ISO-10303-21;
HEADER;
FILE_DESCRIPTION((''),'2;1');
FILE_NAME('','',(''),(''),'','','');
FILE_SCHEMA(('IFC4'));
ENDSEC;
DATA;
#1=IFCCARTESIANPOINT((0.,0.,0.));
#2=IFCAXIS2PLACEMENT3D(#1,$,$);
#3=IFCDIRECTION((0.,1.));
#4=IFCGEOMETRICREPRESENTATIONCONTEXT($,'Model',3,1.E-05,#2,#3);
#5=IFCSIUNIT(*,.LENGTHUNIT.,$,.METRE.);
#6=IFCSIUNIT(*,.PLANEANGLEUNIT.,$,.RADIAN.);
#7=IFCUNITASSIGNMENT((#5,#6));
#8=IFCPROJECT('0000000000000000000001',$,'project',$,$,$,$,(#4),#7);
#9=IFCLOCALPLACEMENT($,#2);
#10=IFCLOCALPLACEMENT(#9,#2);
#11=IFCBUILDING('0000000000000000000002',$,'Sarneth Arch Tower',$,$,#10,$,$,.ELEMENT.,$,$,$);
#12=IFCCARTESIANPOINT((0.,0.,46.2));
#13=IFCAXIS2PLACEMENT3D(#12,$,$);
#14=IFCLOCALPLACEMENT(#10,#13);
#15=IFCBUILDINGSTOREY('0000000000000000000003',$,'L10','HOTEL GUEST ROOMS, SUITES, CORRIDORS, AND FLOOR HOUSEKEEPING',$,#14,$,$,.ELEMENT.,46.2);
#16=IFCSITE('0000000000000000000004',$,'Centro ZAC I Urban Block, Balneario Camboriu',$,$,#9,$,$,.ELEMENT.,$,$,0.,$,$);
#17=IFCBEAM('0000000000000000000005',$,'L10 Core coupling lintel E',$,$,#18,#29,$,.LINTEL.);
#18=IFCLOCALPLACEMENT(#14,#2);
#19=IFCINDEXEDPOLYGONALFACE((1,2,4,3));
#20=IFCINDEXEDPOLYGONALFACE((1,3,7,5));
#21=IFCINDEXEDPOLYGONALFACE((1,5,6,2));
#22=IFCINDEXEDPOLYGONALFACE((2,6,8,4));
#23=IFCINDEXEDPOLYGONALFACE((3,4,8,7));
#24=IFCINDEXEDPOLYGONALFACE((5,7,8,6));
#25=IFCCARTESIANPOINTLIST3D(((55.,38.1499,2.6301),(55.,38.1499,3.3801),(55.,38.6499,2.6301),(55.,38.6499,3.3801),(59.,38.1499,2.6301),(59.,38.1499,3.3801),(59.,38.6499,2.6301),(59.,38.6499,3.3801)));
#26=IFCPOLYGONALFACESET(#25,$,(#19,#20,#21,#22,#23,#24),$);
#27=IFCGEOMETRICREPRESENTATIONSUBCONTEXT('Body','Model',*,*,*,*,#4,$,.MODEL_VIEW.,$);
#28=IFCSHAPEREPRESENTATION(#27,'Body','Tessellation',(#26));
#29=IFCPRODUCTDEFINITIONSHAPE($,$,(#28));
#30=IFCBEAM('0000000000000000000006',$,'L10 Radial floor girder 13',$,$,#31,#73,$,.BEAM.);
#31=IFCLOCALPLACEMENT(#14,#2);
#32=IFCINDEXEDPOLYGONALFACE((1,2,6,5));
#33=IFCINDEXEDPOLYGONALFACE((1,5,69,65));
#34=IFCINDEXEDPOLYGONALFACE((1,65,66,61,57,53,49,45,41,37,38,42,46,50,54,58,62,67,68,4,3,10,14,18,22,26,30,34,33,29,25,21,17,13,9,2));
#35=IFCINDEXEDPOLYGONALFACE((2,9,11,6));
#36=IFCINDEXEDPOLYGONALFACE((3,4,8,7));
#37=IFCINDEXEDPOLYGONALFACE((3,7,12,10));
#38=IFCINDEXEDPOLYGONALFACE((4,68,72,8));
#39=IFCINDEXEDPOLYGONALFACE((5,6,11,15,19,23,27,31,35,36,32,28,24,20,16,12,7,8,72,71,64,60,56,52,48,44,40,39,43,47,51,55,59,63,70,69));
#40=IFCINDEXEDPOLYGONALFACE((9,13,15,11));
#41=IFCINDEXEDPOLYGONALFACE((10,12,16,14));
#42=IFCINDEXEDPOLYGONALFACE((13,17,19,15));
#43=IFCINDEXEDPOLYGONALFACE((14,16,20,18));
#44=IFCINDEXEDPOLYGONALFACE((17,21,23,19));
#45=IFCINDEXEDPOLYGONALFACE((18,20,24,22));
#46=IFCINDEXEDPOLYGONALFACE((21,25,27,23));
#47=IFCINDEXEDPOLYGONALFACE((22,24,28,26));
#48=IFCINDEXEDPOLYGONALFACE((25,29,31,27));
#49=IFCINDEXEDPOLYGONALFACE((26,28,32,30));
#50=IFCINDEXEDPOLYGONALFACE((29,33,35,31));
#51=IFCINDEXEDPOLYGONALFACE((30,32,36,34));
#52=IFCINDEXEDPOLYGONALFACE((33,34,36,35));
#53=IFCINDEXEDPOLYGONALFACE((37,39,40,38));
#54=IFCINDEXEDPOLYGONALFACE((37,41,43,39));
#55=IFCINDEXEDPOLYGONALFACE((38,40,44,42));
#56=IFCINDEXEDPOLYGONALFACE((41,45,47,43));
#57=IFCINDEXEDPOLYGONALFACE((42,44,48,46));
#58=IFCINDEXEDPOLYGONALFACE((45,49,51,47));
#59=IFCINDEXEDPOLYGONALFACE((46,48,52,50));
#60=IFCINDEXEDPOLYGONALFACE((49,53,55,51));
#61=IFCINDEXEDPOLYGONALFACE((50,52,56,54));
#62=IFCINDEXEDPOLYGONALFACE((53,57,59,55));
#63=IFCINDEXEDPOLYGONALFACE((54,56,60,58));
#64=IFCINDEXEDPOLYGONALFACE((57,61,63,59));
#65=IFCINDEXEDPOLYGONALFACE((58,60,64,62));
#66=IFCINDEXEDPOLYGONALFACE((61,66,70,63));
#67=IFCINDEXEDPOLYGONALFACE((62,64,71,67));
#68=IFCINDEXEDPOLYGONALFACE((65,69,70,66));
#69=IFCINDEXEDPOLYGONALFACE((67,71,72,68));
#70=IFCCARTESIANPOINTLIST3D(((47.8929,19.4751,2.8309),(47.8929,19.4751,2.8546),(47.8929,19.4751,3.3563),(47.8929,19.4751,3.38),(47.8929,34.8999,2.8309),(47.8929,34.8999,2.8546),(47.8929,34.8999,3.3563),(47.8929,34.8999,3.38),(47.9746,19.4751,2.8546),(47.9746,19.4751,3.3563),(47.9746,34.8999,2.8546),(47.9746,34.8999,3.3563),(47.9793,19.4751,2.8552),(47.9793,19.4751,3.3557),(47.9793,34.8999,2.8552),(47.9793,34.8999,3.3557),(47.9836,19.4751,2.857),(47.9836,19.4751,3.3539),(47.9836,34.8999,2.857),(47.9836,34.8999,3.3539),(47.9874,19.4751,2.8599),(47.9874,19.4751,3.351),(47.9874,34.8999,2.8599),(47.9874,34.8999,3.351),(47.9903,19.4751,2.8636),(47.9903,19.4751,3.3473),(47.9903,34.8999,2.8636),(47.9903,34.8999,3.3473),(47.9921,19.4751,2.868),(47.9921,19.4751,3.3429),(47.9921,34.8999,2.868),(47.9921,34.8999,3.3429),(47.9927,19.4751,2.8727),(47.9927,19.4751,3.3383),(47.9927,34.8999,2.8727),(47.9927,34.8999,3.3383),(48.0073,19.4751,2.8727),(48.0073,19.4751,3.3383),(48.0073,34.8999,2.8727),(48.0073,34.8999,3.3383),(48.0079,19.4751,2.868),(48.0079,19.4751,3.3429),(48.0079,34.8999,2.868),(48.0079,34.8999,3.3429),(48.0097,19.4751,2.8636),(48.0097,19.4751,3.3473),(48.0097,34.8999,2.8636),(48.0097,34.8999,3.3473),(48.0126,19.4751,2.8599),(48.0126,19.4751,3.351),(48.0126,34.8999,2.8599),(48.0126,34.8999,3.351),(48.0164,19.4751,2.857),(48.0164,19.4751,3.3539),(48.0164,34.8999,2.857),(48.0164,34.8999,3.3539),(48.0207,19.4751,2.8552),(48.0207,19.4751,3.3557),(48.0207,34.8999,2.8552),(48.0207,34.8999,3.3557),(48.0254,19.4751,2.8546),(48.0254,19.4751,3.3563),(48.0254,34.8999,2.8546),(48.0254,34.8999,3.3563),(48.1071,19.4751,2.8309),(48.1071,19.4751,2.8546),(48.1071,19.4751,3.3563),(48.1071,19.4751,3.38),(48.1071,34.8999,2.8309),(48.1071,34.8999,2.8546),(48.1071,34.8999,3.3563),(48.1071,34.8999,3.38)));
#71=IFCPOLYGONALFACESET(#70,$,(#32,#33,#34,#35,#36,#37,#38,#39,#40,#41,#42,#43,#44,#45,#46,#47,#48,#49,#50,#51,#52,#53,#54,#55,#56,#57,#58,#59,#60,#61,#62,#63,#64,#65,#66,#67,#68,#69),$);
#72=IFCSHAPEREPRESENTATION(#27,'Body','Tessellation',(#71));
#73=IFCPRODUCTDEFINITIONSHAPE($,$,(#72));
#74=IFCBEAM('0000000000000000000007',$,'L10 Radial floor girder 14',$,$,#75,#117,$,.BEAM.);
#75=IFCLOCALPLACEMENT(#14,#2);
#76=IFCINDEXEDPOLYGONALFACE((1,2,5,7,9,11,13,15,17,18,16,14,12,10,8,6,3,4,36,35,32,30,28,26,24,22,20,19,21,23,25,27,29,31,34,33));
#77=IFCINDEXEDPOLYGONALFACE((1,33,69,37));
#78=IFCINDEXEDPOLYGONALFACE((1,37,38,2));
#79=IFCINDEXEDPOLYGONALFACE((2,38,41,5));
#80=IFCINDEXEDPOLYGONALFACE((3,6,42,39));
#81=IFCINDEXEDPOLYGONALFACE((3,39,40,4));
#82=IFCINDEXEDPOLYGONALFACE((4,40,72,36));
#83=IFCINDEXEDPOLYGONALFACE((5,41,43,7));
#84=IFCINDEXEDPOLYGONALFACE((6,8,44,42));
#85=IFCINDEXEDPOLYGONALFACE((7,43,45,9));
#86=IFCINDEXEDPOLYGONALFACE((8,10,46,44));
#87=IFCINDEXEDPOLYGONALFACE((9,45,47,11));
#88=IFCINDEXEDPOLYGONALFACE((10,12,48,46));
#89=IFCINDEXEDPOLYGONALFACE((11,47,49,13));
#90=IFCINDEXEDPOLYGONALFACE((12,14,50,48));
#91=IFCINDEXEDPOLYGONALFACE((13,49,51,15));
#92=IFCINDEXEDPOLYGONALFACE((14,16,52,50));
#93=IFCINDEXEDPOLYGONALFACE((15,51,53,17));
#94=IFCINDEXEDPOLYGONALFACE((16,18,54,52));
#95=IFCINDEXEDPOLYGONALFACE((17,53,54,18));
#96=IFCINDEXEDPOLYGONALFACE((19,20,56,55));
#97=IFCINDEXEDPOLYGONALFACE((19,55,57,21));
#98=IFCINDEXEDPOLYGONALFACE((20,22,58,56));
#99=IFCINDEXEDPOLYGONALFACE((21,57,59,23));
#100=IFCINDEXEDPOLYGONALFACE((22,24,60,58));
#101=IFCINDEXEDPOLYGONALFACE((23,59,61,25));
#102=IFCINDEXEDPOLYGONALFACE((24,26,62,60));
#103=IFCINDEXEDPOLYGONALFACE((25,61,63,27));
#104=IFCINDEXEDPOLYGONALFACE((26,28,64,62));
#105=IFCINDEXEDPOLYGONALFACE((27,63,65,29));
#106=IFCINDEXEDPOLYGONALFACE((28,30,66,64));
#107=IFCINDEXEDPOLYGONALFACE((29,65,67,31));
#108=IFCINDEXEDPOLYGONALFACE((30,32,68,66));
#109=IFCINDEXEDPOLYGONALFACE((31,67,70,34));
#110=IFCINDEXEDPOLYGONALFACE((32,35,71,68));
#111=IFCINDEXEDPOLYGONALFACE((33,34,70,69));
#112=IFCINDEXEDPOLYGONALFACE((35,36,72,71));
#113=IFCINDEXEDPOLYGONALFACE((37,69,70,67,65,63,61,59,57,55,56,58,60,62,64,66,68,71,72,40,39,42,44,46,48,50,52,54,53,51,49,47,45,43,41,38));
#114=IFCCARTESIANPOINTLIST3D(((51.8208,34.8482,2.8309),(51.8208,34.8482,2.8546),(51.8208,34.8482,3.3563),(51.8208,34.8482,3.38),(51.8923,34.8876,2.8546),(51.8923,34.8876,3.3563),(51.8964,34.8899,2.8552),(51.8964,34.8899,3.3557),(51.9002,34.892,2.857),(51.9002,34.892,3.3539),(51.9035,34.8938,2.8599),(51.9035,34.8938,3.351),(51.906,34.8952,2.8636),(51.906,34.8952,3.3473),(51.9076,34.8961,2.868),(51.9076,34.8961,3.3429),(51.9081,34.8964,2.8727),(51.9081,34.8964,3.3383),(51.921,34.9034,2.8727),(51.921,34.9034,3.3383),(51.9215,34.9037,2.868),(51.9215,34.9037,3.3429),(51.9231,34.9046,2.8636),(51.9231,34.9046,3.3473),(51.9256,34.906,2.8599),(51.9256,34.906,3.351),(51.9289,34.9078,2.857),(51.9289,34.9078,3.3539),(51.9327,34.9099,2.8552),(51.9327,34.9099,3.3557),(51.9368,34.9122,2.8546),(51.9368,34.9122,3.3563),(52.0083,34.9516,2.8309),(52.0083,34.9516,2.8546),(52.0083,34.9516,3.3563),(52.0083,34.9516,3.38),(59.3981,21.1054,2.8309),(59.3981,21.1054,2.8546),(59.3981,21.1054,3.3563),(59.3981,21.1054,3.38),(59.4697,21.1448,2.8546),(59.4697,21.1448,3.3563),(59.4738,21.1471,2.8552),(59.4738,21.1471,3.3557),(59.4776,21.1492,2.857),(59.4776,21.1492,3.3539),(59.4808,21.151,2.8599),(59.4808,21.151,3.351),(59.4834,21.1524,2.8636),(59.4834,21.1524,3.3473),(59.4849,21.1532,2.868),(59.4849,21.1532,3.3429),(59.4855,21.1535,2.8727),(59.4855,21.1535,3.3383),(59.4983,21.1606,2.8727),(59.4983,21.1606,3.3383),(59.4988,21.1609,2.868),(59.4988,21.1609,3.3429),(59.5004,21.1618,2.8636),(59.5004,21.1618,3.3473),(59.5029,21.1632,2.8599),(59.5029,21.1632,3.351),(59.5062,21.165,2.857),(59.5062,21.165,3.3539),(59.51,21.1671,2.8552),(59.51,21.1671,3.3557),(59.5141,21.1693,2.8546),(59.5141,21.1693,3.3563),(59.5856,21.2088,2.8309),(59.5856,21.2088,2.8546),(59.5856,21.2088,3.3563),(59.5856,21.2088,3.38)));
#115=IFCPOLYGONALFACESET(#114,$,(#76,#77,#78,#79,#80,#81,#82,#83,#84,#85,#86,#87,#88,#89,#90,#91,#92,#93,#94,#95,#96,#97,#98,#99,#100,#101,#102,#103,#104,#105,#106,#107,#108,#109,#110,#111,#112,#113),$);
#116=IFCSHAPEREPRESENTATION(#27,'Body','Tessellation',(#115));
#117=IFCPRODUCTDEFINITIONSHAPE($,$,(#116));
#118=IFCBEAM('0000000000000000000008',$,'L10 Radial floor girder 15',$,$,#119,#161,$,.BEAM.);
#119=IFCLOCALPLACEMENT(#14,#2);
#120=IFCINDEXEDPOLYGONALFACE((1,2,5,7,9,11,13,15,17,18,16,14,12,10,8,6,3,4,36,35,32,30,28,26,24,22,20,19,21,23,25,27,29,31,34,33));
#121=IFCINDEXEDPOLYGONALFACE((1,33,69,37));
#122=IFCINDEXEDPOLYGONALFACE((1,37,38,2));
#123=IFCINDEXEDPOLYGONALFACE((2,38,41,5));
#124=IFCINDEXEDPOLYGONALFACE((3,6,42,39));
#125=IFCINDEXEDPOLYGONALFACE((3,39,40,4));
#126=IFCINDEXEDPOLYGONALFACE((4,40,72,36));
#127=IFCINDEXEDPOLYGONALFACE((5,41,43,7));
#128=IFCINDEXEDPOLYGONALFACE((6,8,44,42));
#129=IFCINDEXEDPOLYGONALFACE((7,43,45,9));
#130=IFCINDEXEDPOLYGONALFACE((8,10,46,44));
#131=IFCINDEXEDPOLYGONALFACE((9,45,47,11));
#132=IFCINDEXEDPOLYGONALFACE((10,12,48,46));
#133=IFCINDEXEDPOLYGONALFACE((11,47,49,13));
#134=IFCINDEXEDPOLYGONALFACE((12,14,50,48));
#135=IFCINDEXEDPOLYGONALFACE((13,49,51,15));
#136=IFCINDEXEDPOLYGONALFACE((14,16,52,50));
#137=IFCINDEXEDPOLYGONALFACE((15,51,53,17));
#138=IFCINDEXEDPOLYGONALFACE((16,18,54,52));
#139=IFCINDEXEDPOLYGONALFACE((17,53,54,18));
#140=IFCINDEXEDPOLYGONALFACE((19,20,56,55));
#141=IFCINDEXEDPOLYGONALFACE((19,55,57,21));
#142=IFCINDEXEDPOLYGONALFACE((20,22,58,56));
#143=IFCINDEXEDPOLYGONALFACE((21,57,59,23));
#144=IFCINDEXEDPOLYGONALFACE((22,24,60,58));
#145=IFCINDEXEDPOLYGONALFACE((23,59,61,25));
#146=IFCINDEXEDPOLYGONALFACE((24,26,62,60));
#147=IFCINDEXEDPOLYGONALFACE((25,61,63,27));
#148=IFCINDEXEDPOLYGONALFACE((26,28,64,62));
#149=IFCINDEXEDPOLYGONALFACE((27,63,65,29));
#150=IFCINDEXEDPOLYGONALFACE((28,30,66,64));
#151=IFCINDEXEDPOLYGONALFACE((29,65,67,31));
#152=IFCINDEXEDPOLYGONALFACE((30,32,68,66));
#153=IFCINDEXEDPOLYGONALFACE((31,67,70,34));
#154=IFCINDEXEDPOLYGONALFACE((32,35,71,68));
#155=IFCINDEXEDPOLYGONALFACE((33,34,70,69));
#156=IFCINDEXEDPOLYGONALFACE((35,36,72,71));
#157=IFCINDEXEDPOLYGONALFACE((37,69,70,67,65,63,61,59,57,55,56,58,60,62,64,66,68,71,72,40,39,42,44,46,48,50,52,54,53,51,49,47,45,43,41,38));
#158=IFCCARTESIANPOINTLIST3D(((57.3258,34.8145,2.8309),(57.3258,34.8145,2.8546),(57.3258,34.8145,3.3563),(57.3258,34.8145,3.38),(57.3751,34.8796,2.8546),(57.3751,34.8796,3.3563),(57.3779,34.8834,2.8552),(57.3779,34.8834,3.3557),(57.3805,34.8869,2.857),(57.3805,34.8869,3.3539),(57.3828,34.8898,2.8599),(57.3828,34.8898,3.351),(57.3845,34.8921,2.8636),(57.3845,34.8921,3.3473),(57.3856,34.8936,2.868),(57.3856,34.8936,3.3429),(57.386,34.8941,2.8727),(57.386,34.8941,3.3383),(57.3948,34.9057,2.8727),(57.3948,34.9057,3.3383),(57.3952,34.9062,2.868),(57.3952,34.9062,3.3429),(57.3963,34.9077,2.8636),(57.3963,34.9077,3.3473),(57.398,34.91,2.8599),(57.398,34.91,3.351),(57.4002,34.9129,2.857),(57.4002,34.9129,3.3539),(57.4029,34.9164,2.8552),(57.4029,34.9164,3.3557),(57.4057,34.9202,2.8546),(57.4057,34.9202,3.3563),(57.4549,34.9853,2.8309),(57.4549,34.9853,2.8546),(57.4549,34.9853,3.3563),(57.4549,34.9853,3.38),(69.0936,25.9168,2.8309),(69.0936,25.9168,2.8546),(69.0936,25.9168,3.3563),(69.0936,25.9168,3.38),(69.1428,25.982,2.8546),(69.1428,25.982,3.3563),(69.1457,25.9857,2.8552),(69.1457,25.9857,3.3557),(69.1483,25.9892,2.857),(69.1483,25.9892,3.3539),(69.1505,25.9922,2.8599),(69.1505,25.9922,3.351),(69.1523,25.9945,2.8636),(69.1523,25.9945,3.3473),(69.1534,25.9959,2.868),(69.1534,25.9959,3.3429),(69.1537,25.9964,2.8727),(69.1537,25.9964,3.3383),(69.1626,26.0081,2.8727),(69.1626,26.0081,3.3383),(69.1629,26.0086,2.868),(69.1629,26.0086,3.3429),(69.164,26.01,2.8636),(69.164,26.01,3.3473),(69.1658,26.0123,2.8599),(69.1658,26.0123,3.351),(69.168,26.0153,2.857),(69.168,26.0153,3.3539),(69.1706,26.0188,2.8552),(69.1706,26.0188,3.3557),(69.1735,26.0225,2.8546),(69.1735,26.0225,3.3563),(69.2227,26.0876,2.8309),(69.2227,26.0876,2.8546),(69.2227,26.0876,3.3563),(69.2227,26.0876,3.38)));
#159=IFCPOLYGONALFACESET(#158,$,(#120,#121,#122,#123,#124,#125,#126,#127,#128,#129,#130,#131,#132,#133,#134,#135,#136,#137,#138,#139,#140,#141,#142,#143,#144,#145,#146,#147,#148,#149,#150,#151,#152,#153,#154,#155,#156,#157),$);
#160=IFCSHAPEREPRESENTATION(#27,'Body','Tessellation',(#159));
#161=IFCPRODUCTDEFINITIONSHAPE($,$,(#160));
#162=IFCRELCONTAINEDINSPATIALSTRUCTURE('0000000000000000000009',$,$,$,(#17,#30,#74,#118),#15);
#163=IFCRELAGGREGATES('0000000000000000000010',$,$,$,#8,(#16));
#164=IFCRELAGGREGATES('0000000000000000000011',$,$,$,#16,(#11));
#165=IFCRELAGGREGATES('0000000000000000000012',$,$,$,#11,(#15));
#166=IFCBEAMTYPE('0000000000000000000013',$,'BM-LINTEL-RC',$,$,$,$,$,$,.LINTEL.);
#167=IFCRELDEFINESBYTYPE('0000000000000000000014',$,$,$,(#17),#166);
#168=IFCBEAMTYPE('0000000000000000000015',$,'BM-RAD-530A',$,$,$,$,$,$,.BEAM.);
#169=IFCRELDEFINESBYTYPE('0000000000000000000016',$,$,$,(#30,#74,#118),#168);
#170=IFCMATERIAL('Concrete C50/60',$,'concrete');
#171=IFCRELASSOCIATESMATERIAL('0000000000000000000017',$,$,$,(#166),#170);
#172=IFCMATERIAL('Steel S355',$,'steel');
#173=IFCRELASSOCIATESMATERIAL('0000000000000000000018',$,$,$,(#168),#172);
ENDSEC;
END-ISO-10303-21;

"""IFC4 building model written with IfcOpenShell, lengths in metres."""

from ifc_helpers import new_model, si_unit, direction, frame, origin, origin_2d, place, context, subcontext, project, spatial, rectangle, i_section, extrude, material, material_profile, profile_set, type_object, element, save


model = new_model("IFC4")

# Units and contexts
model_context = context("Model", 3, precision=1e-05, world=origin(), true_north=direction((0.0, 1.0)))
body_context = subcontext(model_context, "Body", "Model", "MODEL_VIEW")
ifc_project = project(units=[si_unit("LENGTHUNIT", "METRE"), si_unit("PLANEANGLEUNIT", "RADIAN")], contexts=[model_context])

# Site, building, storey
site_placement = place(None, origin())
site = spatial("IfcSite", under=ifc_project, at=site_placement, Name="Centro ZAC I Urban Block, Balneario Camboriu", CompositionType="ELEMENT", RefElevation=0.0)
building_placement = place(site_placement, origin())
building = spatial("IfcBuilding", under=site, at=building_placement, Name="Sarneth Arch Tower", CompositionType="ELEMENT")
storey_placement = place(building_placement, frame((0.0, 0.0, 46.2)))
storey = spatial("IfcBuildingStorey", under=building, at=storey_placement, Name="L10", Description="HOTEL GUEST ROOMS, SUITES, CORRIDORS, AND FLOOR HOUSEKEEPING", CompositionType="ELEMENT", Elevation=46.2)

# Beams
ifc_material_1 = material(Name="Concrete C50/60", Category="concrete")
ifc_material_profile_1 = material_profile(ifc_material_1, rectangle(XDim=0.5, YDim=0.75, at=origin_2d()), Name="RC-500x750")
ifc_profile_set_1 = profile_set([ifc_material_profile_1], Name="Concrete C50/60")
beam_type_1 = type_object("IfcBeamType", Name="BM-LINTEL-RC", PredefinedType="LINTEL", material=ifc_profile_set_1)
beam_1_placement = place(storey_placement, frame((55.0, 38.3999, 3.0051), z_axis=(1.0, 0.0, 0.0), x_axis=(0.0, 1.0, 0.0)))
element("IfcBeam", 1, at=beam_1_placement, inside=storey, type_object=beam_type_1, Name="L10 Core coupling lintel E", PredefinedType="LINTEL", context=body_context, shape_type="SweptSolid", body=[
    extrude(rectangle(XDim=0.5, YDim=0.75, at=origin_2d()), origin(), (0.0, 0.0, 1.0), 4.0),
])
ifc_material_2 = material(Name="Steel S355", Category="steel")
ifc_material_profile_2 = material_profile(ifc_material_2, i_section(OverallWidth=0.2141, OverallDepth=0.5491, WebThickness=0.0146, FlangeThickness=0.0237, FilletRadius=0.0181, at=origin_2d()), Name="W530x138")
ifc_profile_set_2 = profile_set([ifc_material_profile_2], Name="Steel S355")
beam_type_2 = type_object("IfcBeamType", Name="BM-RAD-530A", PredefinedType="BEAM", material=ifc_profile_set_2)
beam_2_placement = place(storey_placement, frame((48.0, 34.8999, 3.1055), z_axis=(0.0, -1.0, 0.0), x_axis=(1.0, 0.0, 0.0)))
element("IfcBeam", 2, at=beam_2_placement, inside=storey, type_object=beam_type_2, Name="L10 Radial floor girder 13", PredefinedType="BEAM", context=body_context, shape_type="SweptSolid", body=[
    extrude(i_section(OverallWidth=0.2141, OverallDepth=0.5491, WebThickness=0.0146, FlangeThickness=0.0237, FilletRadius=0.0181, at=origin_2d()), origin(), (0.0, 0.0, 1.0), 15.4248),
])
beam_3_placement = place(storey_placement, frame((51.9146, 34.8999, 3.1055), z_axis=(0.482838, -0.87571, 0.0), x_axis=(0.87571, 0.482838, 0.0)))
element("IfcBeam", 3, at=beam_3_placement, inside=storey, type_object=beam_type_2, Name="L10 Radial floor girder 14", PredefinedType="BEAM", context=body_context, shape_type="SweptSolid", body=[
    extrude(i_section(OverallWidth=0.2141, OverallDepth=0.5491, WebThickness=0.0146, FlangeThickness=0.0237, FilletRadius=0.0181, at=origin_2d()), origin(), (0.0, 0.0, 1.0), 15.6934),
])
beam_4_placement = place(storey_placement, frame((57.3904, 34.8999, 3.1055), z_axis=(0.797657, -0.603112, 0.0), x_axis=(0.603112, 0.797657, 0.0)))
element("IfcBeam", 4, at=beam_4_placement, inside=storey, type_object=beam_type_2, Name="L10 Radial floor girder 15", PredefinedType="BEAM", context=body_context, shape_type="SweptSolid", body=[
    extrude(i_section(OverallWidth=0.2141, OverallDepth=0.5491, WebThickness=0.0146, FlangeThickness=0.0237, FilletRadius=0.0181, at=origin_2d()), origin(), (0.0, 0.0, 1.0), 14.7529),
])

save(model, "model.ifc")
